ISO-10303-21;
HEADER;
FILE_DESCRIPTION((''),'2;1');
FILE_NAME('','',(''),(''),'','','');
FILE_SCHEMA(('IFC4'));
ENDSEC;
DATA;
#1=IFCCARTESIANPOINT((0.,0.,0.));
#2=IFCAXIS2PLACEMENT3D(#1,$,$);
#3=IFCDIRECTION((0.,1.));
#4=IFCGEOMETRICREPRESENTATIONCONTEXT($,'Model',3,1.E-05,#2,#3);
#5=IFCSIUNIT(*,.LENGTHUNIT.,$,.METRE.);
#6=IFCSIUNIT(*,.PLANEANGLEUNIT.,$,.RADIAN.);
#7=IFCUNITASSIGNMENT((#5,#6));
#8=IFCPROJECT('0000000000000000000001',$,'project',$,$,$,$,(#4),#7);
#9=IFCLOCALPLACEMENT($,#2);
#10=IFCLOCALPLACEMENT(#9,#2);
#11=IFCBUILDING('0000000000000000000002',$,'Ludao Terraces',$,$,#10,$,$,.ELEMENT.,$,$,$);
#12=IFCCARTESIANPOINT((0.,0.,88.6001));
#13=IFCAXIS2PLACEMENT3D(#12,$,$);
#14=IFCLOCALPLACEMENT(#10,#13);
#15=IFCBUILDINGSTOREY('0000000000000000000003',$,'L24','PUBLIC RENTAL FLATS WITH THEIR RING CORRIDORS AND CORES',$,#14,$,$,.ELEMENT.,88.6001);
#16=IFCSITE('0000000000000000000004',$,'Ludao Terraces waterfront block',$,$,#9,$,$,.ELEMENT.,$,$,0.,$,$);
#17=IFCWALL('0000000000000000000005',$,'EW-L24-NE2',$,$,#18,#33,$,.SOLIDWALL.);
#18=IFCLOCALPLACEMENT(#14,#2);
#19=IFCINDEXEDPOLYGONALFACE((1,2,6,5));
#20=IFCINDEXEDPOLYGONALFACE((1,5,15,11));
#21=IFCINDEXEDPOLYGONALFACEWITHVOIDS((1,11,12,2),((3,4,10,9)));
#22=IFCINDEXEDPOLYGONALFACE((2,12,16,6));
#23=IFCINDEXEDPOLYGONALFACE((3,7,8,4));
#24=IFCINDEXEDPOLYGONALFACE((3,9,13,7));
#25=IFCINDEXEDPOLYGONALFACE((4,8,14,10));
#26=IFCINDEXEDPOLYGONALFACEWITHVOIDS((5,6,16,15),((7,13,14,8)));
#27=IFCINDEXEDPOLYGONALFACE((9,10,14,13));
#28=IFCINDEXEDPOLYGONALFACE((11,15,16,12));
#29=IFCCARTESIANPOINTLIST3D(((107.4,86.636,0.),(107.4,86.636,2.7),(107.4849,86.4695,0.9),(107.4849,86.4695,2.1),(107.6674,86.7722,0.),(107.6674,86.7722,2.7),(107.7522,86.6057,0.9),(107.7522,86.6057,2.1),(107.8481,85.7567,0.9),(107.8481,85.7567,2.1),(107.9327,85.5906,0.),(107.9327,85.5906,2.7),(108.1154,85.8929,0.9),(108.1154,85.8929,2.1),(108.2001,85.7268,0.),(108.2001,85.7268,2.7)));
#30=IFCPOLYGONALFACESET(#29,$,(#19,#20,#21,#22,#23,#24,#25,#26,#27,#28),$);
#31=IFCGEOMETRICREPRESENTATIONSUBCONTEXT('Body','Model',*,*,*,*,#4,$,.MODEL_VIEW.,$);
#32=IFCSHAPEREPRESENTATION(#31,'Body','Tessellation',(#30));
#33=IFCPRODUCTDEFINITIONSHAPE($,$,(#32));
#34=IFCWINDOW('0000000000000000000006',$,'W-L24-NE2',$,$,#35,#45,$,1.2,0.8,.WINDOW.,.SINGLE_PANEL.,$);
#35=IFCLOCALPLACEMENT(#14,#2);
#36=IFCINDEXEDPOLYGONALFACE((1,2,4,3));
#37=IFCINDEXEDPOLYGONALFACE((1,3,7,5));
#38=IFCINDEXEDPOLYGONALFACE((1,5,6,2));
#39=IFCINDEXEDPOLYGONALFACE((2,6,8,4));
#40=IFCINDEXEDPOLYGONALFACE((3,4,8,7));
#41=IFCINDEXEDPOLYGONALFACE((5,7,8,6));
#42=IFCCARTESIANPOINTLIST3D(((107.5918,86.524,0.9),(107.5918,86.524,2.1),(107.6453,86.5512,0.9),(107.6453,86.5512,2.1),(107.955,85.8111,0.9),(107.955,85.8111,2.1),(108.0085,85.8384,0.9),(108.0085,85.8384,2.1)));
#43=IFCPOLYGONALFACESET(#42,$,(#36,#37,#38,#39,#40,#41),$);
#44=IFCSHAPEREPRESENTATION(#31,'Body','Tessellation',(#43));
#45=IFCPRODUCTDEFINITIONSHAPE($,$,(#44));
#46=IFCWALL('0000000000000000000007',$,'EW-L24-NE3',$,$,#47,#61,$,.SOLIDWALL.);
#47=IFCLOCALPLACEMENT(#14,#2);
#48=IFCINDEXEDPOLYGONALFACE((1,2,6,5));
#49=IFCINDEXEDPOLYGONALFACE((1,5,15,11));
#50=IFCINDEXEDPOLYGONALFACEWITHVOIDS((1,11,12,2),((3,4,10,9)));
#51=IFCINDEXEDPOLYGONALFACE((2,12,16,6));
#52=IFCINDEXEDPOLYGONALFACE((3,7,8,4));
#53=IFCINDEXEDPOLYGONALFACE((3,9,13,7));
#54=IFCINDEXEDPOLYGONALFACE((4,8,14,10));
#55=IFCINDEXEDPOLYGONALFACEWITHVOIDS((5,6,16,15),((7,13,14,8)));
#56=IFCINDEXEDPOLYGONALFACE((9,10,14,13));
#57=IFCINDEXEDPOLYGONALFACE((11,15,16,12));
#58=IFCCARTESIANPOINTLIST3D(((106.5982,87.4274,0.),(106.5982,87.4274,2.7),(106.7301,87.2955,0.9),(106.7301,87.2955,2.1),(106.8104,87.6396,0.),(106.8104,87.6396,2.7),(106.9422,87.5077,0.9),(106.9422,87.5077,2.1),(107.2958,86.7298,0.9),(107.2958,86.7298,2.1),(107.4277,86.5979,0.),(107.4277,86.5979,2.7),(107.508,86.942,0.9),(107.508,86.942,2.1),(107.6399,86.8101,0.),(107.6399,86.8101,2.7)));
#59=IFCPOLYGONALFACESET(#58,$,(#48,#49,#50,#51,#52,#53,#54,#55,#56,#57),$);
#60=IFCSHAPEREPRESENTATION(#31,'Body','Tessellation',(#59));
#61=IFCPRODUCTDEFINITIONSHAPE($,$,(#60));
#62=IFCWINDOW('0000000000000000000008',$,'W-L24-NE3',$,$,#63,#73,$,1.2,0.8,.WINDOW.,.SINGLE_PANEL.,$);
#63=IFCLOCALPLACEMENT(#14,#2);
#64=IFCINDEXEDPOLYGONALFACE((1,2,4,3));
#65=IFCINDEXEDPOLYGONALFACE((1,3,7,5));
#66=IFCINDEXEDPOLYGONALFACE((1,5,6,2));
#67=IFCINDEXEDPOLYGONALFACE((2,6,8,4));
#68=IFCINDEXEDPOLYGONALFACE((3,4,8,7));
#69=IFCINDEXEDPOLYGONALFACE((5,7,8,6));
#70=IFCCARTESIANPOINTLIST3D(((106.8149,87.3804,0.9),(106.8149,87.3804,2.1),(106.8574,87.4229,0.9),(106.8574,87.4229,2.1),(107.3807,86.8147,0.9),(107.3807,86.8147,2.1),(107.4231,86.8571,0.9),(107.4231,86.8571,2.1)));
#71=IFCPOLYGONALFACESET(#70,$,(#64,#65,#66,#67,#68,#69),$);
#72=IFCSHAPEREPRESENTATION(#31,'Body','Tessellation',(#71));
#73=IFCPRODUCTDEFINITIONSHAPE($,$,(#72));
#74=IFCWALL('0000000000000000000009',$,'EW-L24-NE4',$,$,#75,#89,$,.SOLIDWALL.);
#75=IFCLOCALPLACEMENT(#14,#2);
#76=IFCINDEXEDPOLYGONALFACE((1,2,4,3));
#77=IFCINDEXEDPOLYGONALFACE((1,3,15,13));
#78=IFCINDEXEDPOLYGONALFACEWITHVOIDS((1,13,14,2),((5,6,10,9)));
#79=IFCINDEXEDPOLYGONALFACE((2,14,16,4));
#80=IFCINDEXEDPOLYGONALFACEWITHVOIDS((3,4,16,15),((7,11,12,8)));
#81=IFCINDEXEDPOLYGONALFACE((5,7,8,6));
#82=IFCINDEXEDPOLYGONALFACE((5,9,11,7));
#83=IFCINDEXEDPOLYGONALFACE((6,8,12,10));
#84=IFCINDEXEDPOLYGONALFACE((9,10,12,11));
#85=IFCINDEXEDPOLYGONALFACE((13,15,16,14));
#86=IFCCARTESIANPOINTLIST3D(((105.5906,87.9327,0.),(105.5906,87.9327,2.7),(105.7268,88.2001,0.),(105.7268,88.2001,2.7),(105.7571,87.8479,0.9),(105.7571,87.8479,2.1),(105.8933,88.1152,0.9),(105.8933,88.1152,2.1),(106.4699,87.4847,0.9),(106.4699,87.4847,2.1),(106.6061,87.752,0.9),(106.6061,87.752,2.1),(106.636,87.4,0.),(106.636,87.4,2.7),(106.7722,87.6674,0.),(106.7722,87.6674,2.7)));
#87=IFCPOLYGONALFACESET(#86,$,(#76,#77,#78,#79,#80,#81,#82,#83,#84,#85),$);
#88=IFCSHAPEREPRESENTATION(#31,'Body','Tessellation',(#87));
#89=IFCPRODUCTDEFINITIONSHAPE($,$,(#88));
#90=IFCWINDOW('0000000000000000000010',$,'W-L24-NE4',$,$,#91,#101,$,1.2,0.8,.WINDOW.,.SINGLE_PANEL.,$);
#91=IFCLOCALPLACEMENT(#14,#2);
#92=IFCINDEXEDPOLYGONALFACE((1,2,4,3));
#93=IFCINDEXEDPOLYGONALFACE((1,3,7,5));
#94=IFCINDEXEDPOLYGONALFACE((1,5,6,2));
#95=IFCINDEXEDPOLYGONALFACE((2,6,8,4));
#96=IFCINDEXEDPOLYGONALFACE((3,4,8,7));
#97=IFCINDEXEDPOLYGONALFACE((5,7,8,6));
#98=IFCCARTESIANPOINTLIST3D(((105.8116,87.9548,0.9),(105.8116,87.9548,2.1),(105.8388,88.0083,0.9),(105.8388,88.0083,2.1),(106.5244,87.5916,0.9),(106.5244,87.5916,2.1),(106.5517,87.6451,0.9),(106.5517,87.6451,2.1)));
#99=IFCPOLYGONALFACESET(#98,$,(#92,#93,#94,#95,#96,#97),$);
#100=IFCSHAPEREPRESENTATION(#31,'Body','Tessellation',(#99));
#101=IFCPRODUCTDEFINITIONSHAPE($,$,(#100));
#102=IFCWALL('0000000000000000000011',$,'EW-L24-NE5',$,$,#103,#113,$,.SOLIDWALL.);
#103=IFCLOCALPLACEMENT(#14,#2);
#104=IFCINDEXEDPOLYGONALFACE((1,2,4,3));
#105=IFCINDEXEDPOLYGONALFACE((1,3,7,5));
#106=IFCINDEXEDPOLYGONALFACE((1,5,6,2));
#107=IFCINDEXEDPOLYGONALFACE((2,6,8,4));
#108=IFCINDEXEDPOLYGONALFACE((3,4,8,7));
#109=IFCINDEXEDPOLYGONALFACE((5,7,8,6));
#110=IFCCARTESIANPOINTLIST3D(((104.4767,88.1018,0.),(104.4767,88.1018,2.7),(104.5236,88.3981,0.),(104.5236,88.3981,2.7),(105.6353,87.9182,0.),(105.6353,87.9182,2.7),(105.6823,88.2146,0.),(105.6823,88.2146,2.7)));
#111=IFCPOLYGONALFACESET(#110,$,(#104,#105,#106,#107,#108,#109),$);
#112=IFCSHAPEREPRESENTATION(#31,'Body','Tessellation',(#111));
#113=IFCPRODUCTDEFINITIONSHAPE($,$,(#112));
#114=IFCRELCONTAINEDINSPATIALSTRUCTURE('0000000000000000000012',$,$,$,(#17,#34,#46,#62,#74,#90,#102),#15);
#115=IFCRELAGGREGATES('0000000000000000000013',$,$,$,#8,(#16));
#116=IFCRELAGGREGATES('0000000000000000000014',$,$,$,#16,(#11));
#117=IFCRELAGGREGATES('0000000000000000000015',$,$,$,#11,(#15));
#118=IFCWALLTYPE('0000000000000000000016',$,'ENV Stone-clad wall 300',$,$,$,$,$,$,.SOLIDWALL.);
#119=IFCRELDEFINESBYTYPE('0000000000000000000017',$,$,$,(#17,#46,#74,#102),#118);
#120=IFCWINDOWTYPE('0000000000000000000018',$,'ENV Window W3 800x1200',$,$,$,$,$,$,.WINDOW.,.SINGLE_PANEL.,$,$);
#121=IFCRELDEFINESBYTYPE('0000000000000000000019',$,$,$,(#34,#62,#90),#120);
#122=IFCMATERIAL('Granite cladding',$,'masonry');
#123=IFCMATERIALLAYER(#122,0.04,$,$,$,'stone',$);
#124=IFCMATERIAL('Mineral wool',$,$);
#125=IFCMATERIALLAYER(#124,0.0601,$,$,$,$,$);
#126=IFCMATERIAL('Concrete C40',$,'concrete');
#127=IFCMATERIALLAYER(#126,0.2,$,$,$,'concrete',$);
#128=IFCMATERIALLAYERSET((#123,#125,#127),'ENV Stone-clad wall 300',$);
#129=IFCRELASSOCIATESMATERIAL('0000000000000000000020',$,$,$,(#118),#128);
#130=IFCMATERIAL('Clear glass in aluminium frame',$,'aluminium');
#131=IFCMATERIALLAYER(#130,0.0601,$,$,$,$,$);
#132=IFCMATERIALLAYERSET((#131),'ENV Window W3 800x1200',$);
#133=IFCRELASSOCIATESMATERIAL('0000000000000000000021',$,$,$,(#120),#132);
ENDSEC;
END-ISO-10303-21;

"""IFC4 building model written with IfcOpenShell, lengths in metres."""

from ifc_helpers import new_model, si_unit, direction, frame, frame_2d, origin, place, context, subcontext, project, spatial, rectangle, extrude, material, layer, layer_set, type_object, element, fill, save


model = new_model("IFC4")

# Units and contexts
model_context = context("Model", 3, precision=1e-05, world=origin(), true_north=direction((0.0, 1.0)))
body_context = subcontext(model_context, "Body", "Model", "MODEL_VIEW")
ifc_project = project(units=[si_unit("LENGTHUNIT", "METRE"), si_unit("PLANEANGLEUNIT", "RADIAN")], contexts=[model_context])

# Site, building, storey
site_placement = place(None, origin())
site = spatial("IfcSite", under=ifc_project, at=site_placement, Name="Ludao Terraces waterfront block", CompositionType="ELEMENT", RefElevation=0.0)
building_placement = place(site_placement, origin())
building = spatial("IfcBuilding", under=site, at=building_placement, Name="Ludao Terraces", CompositionType="ELEMENT")
storey_placement = place(building_placement, frame((0.0, 0.0, 88.6001)))
storey = spatial("IfcBuildingStorey", under=building, at=storey_placement, Name="L24", Description="PUBLIC RENTAL FLATS WITH THEIR RING CORRIDORS AND CORES", CompositionType="ELEMENT", Elevation=88.6001)

# Shared definitions
ifc_material_1 = material(Name="Concrete C40", Category="concrete")

# Shared definitions
ifc_material_2 = material(Name="Granite cladding", Category="masonry")
ifc_layer_1 = layer(ifc_material_2, 0.04, Category="stone")
ifc_material_3 = material(Name="Mineral wool")
ifc_layer_2 = layer(ifc_material_3, 0.0601)
ifc_layer_3 = layer(ifc_material_1, 0.2, Category="concrete")
ifc_layer_set_1 = layer_set([ifc_layer_1, ifc_layer_2, ifc_layer_3], Name="ENV Stone-clad wall 300")
wall_type_1 = type_object("IfcWallType", Name="ENV Stone-clad wall 300", PredefinedType="SOLIDWALL", material=ifc_layer_set_1)
ifc_material_4 = material(Name="Clear glass in aluminium frame", Category="aluminium")

# Walls, openings, windows
wall_1_placement = place(storey_placement, frame((108.0664, 85.6587, 0.0), z_axis=(0.0, 0.0, 1.0), x_axis=(-0.454026, 0.890989, 0.0)))
wall_1 = element("IfcWall", 1, at=wall_1_placement, inside=storey, type_object=wall_type_1, Name="EW-L24-NE2", PredefinedType="SOLIDWALL", context=body_context, shape_type="SweptSolid", body=[
    extrude(rectangle(XDim=1.1733, YDim=0.3, at=frame_2d((0.5867, 0.0))), origin(), (0.0, 0.0, 1.0), 2.7),
])
opening_1_placement = place(wall_1_placement, frame((0.1865, 0.0, 0.8999)))
opening_1 = element("IfcOpeningElement", 2, at=opening_1_placement, cuts=wall_1, PredefinedType="OPENING", context=body_context, shape_type="SweptSolid", body=[
    extrude(rectangle(XDim=0.8, YDim=1.2, at=frame_2d((0.3999, 0.6001))), frame((0.0, 0.1602, 0.0), z_axis=(0.0, -1.0, 0.0), x_axis=(1.0, 0.0, 0.0)), (0.0, 0.0, 1.0), 0.3201),
])
ifc_layer_4 = layer(ifc_material_4, 0.0601)
ifc_layer_set_2 = layer_set([ifc_layer_4], Name="ENV Window W3 800x1200")
window_type_1 = type_object("IfcWindowType", Name="ENV Window W3 800x1200", PartitioningType="SINGLE_PANEL", PredefinedType="WINDOW", material=ifc_layer_set_2)
window_1_placement = place(opening_1_placement, origin())
window_1 = element("IfcWindow", 3, at=window_1_placement, inside=storey, type_object=window_type_1, Name="W-L24-NE2", OverallHeight=1.2, OverallWidth=0.8, PartitioningType="SINGLE_PANEL", PredefinedType="WINDOW", context=body_context, shape_type="SweptSolid", body=[
    extrude(rectangle(XDim=0.8, YDim=1.2, at=frame_2d((0.3999, 0.6001))), frame((0.0, 0.03, 0.0), z_axis=(0.0, -1.0, 0.0), x_axis=(1.0, 0.0, 0.0)), (0.0, 0.0, 1.0), 0.0601),
])
fill(opening_1, window_1)
wall_2_placement = place(storey_placement, frame((107.5337, 86.7041, 0.0), z_axis=(0.0, 0.0, 1.0), x_axis=(-0.707107, 0.707107, 0.0)))
wall_2 = element("IfcWall", 4, at=wall_2_placement, inside=storey, type_object=wall_type_1, Name="EW-L24-NE3", PredefinedType="SOLIDWALL", context=body_context, shape_type="SweptSolid", body=[
    extrude(rectangle(XDim=1.1731, YDim=0.3, at=frame_2d((0.5864, 0.0))), origin(), (0.0, 0.0, 1.0), 2.7),
])
opening_2_placement = place(wall_2_placement, frame((0.1865, 0.0, 0.8999)))
opening_2 = element("IfcOpeningElement", 5, at=opening_2_placement, cuts=wall_2, PredefinedType="OPENING", context=body_context, shape_type="SweptSolid", body=[
    extrude(rectangle(XDim=0.8, YDim=1.2, at=frame_2d((0.3999, 0.6001))), frame((0.0, 0.1602, 0.0), z_axis=(0.0, -1.0, 0.0), x_axis=(1.0, 0.0, 0.0)), (0.0, 0.0, 1.0), 0.3201),
])
window_2_placement = place(opening_2_placement, origin())
window_2 = element("IfcWindow", 6, at=window_2_placement, inside=storey, type_object=window_type_1, Name="W-L24-NE3", OverallHeight=1.2, OverallWidth=0.8, PartitioningType="SINGLE_PANEL", PredefinedType="WINDOW", context=body_context, shape_type="SweptSolid", body=[
    extrude(rectangle(XDim=0.8, YDim=1.2, at=frame_2d((0.3999, 0.6001))), frame((0.0, 0.03, 0.0), z_axis=(0.0, -1.0, 0.0), x_axis=(1.0, 0.0, 0.0)), (0.0, 0.0, 1.0), 0.0601),
])
fill(opening_2, window_2)
wall_3_placement = place(storey_placement, frame((106.7041, 87.5337, 0.0), z_axis=(0.0, 0.0, 1.0), x_axis=(-0.890989, 0.454026, 0.0)))
wall_3 = element("IfcWall", 7, at=wall_3_placement, inside=storey, type_object=wall_type_1, Name="EW-L24-NE4", PredefinedType="SOLIDWALL", context=body_context, shape_type="SweptSolid", body=[
    extrude(rectangle(XDim=1.1733, YDim=0.3, at=frame_2d((0.5867, 0.0))), origin(), (0.0, 0.0, 1.0), 2.7),
])
opening_3_placement = place(wall_3_placement, frame((0.1865, 0.0, 0.8999)))
opening_3 = element("IfcOpeningElement", 8, at=opening_3_placement, cuts=wall_3, PredefinedType="OPENING", context=body_context, shape_type="SweptSolid", body=[
    extrude(rectangle(XDim=0.8, YDim=1.2, at=frame_2d((0.3999, 0.6001))), frame((0.0, 0.1602, 0.0), z_axis=(0.0, -1.0, 0.0), x_axis=(1.0, 0.0, 0.0)), (0.0, 0.0, 1.0), 0.3201),
])
window_3_placement = place(opening_3_placement, origin())
window_3 = element("IfcWindow", 9, at=window_3_placement, inside=storey, type_object=window_type_1, Name="W-L24-NE4", OverallHeight=1.2, OverallWidth=0.8, PartitioningType="SINGLE_PANEL", PredefinedType="WINDOW", context=body_context, shape_type="SweptSolid", body=[
    extrude(rectangle(XDim=0.8, YDim=1.2, at=frame_2d((0.3999, 0.6001))), frame((0.0, 0.03, 0.0), z_axis=(0.0, -1.0, 0.0), x_axis=(1.0, 0.0, 0.0)), (0.0, 0.0, 1.0), 0.0601),
])
fill(opening_3, window_3)

# Wall
wall_4_placement = place(storey_placement, frame((105.6587, 88.0664, 0.0), z_axis=(0.0, 0.0, 1.0), x_axis=(-0.987678, 0.156497, 0.0)))
element("IfcWall", 10, at=wall_4_placement, inside=storey, type_object=wall_type_1, Name="EW-L24-NE5", PredefinedType="SOLIDWALL", context=body_context, shape_type="SweptSolid", body=[
    extrude(rectangle(XDim=1.1731, YDim=0.3, at=frame_2d((0.5864, 0.0))), origin(), (0.0, 0.0, 1.0), 2.7),
])

save(model, "model.ifc")
